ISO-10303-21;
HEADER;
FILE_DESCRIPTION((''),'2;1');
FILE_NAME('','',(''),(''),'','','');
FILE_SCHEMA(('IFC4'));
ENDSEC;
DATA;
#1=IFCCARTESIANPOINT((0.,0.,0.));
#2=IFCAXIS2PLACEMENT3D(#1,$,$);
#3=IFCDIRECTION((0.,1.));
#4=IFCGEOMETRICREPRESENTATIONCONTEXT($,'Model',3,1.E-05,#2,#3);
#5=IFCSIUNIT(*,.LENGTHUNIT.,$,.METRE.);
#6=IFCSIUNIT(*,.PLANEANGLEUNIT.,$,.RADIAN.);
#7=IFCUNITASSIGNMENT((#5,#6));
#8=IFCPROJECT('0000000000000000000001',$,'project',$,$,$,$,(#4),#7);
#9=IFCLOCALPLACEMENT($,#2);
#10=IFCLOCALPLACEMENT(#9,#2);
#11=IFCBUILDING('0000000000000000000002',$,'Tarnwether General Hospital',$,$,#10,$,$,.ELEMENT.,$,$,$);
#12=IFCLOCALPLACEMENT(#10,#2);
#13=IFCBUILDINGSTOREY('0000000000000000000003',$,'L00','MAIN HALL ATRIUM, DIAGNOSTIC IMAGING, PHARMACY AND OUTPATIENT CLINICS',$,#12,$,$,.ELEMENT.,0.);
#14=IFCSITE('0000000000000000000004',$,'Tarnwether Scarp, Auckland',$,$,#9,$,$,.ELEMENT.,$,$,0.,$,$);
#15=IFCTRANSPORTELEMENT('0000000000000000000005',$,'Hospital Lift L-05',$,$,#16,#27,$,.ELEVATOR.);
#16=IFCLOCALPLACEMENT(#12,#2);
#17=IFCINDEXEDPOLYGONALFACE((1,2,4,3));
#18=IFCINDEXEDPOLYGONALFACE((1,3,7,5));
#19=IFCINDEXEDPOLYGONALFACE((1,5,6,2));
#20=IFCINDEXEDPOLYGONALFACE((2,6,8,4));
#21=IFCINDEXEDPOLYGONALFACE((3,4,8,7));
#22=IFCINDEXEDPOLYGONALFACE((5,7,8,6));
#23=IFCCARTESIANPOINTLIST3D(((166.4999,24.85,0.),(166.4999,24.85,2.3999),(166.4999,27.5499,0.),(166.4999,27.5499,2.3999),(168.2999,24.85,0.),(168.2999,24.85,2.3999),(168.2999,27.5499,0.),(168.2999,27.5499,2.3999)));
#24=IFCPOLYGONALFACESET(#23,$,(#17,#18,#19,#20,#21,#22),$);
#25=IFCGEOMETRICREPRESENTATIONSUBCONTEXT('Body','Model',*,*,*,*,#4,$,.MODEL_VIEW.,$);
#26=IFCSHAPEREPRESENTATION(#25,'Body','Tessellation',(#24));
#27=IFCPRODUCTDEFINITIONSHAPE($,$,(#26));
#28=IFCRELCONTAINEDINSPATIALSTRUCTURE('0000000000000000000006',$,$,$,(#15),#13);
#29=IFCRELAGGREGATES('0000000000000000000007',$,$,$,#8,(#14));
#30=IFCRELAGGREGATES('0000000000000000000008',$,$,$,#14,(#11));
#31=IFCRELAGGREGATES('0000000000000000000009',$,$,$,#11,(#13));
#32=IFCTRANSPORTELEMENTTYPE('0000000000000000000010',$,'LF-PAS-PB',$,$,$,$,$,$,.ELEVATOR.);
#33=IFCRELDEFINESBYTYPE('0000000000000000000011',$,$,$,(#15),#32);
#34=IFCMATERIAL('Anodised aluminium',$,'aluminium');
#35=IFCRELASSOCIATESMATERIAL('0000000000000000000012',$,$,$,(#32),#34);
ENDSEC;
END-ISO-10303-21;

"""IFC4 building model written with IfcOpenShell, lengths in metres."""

from ifc_helpers import new_model, si_unit, direction, frame, origin, origin_2d, place, context, subcontext, project, spatial, rectangle, extrude, material, type_object, element, save


model = new_model("IFC4")

# Units and contexts
model_context = context("Model", 3, precision=1e-05, world=origin(), true_north=direction((0.0, 1.0)))
body_context = subcontext(model_context, "Body", "Model", "MODEL_VIEW")
ifc_project = project(units=[si_unit("LENGTHUNIT", "METRE"), si_unit("PLANEANGLEUNIT", "RADIAN")], contexts=[model_context])

# Site, building, storey
site_placement = place(None, origin())
site = spatial("IfcSite", under=ifc_project, at=site_placement, Name="Tarnwether Scarp, Auckland", CompositionType="ELEMENT", RefElevation=0.0)
building_placement = place(site_placement, origin())
building = spatial("IfcBuilding", under=site, at=building_placement, Name="Tarnwether General Hospital", CompositionType="ELEMENT")
storey_placement = place(building_placement, origin())
storey = spatial("IfcBuildingStorey", under=building, at=storey_placement, Name="L00", Description="MAIN HALL ATRIUM, DIAGNOSTIC IMAGING, PHARMACY AND OUTPATIENT CLINICS", CompositionType="ELEMENT", Elevation=0.0)

# Transport element
ifc_material_1 = material(Name="Anodised aluminium", Category="aluminium")
transport_element_type = type_object("IfcTransportElementType", Name="LF-PAS-PB", PredefinedType="ELEVATOR", material=ifc_material_1)
transport_element_placement = place(storey_placement, frame((167.3999, 26.2, 0.0), z_axis=(0.0, 0.0, 1.0), x_axis=(1.0, 0.0, 0.0)))
element("IfcTransportElement", 1, at=transport_element_placement, inside=storey, type_object=transport_element_type, Name="Hospital Lift L-05", PredefinedType="ELEVATOR", context=body_context, shape_type="SweptSolid", body=[
    extrude(rectangle(XDim=1.8, YDim=2.7, at=origin_2d()), origin(), (0.0, 0.0, 1.0), 2.3999),
])

save(model, "model.ifc")
